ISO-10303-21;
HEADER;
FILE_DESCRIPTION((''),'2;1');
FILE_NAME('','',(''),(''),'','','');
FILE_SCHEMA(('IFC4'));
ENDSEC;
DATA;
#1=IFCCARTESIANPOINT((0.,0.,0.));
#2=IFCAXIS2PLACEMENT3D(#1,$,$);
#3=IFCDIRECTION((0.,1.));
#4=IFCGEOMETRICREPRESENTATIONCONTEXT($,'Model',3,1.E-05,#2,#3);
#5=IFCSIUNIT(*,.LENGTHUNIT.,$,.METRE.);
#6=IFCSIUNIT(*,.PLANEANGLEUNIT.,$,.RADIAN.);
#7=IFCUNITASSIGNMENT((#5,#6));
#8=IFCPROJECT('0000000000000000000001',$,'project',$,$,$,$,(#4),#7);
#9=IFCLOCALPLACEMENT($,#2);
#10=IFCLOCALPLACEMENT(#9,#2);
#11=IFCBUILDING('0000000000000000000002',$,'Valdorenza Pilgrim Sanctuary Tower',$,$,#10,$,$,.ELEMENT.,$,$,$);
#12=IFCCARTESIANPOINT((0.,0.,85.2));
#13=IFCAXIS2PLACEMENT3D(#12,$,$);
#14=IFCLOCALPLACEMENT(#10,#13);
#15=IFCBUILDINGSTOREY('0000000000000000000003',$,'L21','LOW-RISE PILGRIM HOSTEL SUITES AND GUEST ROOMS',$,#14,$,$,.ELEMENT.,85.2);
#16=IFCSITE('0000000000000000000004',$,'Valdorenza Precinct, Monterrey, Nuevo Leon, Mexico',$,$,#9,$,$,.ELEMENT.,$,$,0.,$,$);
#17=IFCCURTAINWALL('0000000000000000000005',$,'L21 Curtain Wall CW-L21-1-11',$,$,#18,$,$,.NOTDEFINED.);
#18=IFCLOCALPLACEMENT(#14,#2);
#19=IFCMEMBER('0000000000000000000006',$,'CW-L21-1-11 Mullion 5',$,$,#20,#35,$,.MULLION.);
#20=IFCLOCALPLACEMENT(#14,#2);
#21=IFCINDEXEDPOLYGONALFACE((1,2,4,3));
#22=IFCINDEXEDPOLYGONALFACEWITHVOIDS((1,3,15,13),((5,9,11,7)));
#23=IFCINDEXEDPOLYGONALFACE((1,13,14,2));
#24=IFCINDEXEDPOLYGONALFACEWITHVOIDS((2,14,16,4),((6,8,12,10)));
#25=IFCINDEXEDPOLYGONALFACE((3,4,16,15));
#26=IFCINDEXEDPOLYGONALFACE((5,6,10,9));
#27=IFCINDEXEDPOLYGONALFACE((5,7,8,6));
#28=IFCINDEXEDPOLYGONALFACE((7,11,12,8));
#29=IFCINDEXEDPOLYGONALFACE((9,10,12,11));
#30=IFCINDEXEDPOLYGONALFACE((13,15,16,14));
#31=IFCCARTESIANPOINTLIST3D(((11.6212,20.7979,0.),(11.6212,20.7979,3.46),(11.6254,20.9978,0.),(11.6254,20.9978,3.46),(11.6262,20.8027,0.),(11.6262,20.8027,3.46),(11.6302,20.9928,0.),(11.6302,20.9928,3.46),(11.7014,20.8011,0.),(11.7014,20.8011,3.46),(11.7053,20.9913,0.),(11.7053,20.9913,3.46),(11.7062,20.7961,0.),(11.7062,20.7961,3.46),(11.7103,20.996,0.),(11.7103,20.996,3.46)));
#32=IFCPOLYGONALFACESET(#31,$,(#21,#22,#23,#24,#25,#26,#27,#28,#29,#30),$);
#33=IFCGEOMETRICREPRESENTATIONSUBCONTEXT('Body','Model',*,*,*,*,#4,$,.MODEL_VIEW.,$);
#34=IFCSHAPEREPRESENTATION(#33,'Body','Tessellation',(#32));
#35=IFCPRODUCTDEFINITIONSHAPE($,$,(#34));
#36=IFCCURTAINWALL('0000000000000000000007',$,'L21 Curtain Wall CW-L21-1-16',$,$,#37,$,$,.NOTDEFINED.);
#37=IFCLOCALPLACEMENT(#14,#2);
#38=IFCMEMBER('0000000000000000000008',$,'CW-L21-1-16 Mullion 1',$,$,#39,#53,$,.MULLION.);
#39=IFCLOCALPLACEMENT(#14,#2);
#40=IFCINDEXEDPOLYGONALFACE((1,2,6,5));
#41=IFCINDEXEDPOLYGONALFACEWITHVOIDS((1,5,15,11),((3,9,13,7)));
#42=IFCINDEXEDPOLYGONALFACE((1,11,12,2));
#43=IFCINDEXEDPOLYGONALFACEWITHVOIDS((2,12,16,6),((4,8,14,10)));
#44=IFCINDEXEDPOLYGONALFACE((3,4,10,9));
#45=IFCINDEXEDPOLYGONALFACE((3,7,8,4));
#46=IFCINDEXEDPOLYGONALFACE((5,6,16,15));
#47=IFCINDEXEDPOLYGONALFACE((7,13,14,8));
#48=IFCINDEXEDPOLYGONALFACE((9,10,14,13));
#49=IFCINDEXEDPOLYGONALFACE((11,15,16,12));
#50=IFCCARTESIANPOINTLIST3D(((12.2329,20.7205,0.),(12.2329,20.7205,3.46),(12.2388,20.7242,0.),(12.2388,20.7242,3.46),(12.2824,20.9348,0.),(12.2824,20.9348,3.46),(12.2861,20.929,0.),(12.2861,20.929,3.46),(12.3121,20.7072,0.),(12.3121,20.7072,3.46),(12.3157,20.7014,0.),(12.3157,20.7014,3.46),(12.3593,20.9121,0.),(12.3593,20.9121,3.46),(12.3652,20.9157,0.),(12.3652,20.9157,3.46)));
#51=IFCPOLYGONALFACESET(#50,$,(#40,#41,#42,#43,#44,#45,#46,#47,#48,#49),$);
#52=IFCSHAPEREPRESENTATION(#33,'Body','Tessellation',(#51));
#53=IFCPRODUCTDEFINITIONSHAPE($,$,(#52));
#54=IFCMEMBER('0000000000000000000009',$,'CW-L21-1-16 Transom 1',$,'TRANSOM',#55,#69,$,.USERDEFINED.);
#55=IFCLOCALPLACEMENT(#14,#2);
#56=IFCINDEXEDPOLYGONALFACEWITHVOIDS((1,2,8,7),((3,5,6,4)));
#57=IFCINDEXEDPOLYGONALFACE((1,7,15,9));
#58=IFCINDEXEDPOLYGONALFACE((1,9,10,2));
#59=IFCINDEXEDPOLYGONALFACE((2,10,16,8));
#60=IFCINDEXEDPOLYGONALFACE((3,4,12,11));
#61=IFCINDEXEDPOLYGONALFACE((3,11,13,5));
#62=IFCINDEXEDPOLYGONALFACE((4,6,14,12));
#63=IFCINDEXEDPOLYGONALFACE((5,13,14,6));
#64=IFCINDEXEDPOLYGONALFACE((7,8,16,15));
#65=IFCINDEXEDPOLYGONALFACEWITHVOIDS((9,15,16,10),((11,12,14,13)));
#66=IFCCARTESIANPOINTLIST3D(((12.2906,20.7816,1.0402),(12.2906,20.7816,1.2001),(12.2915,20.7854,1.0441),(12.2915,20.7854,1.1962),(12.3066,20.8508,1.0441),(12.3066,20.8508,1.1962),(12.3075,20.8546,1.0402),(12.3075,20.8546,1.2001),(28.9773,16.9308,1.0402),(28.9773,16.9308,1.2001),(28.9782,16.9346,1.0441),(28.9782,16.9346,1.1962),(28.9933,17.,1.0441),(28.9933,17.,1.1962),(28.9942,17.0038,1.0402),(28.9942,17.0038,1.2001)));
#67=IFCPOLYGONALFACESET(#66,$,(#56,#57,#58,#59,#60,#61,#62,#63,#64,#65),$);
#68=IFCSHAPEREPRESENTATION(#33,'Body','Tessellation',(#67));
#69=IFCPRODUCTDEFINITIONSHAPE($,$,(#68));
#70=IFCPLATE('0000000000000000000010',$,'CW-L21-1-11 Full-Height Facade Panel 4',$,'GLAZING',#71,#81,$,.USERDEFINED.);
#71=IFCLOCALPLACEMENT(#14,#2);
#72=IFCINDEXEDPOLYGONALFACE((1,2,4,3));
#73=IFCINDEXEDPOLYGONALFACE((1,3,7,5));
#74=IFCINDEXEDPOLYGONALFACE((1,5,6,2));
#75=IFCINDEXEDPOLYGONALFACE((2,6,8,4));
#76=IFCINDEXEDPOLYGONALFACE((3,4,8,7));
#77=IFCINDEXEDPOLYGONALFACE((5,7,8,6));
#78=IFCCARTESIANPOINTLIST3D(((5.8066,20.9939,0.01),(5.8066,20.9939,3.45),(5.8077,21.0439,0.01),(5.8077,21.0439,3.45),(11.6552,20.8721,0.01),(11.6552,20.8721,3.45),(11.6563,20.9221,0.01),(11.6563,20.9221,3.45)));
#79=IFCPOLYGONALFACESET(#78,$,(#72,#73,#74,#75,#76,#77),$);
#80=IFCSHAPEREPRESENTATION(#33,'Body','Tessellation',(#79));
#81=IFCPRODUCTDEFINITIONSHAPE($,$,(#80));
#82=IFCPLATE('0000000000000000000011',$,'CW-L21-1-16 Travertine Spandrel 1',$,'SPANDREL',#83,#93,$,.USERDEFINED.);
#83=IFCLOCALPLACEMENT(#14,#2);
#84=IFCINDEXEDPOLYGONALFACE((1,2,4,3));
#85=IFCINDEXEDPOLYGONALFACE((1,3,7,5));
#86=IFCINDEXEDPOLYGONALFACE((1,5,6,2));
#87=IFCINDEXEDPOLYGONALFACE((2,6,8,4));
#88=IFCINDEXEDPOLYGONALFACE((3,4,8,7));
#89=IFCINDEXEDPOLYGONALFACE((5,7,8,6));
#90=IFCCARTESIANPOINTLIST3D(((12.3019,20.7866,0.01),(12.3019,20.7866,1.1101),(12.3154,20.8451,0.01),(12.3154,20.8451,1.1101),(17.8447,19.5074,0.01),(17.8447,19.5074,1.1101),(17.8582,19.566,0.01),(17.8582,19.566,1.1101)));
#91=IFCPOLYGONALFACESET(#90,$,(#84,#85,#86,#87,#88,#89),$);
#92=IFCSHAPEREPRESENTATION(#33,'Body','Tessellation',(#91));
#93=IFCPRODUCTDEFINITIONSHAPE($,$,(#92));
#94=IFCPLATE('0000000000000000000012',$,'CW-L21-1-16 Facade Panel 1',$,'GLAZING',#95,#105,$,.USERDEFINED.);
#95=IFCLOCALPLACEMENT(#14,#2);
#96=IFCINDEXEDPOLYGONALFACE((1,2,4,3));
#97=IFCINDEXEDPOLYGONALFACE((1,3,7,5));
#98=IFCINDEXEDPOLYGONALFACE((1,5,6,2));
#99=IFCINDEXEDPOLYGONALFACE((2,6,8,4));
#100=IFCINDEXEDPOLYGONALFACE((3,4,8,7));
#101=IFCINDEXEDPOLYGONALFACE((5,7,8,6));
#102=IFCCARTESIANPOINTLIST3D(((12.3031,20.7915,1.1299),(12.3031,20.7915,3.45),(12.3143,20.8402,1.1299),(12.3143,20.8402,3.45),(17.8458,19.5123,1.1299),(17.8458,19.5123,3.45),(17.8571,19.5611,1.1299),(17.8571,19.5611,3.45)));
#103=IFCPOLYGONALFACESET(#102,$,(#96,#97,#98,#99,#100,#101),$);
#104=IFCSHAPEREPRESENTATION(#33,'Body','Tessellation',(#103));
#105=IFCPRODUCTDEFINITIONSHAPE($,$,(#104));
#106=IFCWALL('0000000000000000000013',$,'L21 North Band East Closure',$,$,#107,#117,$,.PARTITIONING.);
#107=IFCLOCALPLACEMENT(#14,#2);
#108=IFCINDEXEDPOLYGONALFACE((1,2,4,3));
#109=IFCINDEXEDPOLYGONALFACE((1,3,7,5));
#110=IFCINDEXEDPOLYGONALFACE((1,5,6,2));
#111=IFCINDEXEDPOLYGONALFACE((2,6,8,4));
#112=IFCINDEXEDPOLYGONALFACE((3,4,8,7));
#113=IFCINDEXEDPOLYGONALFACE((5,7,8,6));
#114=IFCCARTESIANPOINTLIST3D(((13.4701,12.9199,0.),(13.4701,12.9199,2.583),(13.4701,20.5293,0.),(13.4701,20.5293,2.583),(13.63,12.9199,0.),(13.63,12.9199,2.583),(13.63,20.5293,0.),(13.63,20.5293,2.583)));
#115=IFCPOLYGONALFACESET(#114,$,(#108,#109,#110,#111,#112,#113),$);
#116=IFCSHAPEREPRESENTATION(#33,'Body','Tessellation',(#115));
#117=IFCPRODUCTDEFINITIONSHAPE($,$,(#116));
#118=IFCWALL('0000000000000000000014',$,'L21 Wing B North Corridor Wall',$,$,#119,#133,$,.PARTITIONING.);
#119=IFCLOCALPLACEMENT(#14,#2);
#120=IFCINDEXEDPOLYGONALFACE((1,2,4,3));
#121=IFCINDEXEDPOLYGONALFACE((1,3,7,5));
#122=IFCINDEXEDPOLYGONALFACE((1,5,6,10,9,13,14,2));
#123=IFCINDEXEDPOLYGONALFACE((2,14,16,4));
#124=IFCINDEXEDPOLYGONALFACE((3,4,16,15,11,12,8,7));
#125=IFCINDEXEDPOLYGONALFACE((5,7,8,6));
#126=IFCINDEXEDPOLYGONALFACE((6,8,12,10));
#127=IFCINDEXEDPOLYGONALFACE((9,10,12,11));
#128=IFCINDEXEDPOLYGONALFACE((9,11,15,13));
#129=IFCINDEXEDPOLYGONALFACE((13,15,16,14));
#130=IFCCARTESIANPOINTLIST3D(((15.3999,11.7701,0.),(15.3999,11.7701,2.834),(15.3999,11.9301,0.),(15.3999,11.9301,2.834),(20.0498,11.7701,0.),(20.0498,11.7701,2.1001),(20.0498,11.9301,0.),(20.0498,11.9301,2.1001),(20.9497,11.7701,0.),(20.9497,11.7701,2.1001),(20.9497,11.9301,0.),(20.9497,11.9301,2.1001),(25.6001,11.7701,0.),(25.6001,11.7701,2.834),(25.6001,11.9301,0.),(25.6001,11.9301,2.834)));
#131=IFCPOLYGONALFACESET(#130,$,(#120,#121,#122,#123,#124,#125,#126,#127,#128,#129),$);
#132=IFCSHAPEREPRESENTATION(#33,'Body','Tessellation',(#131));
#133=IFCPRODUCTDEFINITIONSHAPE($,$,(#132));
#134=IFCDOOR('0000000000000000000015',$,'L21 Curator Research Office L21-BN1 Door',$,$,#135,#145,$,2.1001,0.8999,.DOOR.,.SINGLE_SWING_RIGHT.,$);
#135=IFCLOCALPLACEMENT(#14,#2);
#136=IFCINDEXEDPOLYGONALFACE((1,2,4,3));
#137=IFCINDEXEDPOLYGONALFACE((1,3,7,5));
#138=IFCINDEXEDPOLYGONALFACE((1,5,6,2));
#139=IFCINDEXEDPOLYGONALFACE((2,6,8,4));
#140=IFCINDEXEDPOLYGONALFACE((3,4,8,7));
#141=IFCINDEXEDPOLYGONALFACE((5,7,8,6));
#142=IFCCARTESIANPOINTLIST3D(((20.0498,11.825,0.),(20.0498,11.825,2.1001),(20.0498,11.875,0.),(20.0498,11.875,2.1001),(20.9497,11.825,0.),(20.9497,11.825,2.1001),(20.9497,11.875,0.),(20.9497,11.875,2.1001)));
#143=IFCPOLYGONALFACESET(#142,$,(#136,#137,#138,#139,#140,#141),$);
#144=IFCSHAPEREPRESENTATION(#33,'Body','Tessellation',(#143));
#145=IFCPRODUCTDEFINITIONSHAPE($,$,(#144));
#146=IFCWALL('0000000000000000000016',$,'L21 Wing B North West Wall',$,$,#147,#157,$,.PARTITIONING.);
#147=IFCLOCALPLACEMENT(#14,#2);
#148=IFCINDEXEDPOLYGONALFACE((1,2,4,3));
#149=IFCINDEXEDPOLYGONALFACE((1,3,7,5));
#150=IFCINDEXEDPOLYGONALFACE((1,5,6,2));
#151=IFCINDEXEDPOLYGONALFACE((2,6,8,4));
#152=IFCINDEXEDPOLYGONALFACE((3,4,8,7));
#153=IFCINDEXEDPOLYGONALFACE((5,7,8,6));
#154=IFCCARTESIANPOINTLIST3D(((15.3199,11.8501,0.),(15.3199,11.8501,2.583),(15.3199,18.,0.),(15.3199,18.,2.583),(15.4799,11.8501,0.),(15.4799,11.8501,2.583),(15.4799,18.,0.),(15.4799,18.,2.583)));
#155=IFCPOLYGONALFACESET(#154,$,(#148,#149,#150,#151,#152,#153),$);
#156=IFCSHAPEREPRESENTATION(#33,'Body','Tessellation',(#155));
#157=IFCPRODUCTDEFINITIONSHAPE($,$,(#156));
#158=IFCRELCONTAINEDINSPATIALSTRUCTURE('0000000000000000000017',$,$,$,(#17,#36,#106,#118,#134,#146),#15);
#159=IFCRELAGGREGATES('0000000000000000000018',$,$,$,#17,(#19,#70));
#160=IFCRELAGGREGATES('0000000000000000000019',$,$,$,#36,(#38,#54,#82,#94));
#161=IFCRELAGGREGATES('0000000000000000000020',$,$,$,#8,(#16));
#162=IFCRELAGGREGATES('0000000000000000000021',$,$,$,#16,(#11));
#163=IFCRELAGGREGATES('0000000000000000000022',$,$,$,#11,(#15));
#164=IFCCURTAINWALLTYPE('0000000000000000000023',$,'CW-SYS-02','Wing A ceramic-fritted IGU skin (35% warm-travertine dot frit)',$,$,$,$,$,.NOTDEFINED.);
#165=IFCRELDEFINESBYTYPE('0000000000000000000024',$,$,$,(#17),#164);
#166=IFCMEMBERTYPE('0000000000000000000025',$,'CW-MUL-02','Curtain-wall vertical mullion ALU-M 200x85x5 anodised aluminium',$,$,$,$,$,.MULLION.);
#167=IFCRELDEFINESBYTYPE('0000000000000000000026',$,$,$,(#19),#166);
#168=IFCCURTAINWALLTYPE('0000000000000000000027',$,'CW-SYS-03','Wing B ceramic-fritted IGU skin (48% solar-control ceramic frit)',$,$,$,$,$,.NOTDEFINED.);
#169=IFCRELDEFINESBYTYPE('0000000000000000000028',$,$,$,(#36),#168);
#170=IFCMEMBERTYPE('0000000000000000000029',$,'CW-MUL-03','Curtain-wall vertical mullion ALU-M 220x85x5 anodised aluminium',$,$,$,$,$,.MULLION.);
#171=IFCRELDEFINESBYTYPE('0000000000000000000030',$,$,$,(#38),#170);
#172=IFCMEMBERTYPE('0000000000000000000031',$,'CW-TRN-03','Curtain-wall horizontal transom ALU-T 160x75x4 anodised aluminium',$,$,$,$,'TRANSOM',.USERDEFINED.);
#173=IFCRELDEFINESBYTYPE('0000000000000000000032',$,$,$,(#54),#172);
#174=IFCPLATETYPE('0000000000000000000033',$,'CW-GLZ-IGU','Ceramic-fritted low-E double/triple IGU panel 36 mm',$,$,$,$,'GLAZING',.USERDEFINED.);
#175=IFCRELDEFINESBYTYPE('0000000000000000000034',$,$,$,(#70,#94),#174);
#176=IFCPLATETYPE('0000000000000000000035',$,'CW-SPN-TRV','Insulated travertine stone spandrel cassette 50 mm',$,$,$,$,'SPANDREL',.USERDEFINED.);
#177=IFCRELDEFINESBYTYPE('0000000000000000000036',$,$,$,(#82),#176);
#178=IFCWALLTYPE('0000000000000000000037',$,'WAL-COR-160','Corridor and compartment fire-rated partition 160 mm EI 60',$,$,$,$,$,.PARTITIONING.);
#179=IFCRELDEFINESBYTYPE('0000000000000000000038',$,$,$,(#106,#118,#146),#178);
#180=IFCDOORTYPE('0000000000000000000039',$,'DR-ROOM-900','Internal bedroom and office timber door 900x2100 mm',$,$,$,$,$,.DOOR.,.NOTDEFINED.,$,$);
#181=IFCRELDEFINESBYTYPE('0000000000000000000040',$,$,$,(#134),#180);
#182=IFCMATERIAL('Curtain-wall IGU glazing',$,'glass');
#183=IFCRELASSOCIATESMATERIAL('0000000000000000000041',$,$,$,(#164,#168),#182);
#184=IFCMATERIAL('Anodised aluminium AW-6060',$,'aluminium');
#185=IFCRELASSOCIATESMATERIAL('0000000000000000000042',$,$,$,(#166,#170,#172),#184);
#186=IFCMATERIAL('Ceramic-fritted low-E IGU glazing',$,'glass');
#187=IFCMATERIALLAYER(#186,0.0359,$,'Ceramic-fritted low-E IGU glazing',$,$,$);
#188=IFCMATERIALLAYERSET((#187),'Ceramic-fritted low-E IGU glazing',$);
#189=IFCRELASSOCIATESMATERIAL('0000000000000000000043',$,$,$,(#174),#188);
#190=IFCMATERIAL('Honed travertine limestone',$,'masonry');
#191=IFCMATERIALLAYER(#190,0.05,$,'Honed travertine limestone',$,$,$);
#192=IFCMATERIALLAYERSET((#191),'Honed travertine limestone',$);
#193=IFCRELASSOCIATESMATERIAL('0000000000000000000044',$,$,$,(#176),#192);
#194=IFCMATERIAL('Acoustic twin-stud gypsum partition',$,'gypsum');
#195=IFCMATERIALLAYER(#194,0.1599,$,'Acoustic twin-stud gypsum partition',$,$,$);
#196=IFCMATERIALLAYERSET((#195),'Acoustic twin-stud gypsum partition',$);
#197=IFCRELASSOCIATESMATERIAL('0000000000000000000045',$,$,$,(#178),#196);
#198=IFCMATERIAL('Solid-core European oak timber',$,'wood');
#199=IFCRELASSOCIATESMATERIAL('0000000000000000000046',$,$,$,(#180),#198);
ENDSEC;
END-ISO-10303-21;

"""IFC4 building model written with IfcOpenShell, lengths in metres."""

from ifc_helpers import new_model, si_unit, direction, frame, frame_2d, origin, origin_2d, place, context, subcontext, project, spatial, rectangle, hollow_rectangle, extrude, source, transform, mapped, material, layer, layer_set, material_profile, profile_set, type_object, element, fill, aggregate, save


model = new_model("IFC4")

# Units and contexts
model_context = context("Model", 3, precision=1e-05, world=origin(), true_north=direction((0.0, 1.0)))
body_context = subcontext(model_context, "Body", "Model", "MODEL_VIEW")
ifc_project = project(units=[si_unit("LENGTHUNIT", "METRE"), si_unit("PLANEANGLEUNIT", "RADIAN")], contexts=[model_context])

# Site, building, storey
site_placement = place(None, origin())
site = spatial("IfcSite", under=ifc_project, at=site_placement, Name="Valdorenza Precinct, Monterrey, Nuevo Leon, Mexico", CompositionType="ELEMENT", RefElevation=0.0)
building_placement = place(site_placement, origin())
building = spatial("IfcBuilding", under=site, at=building_placement, Name="Valdorenza Pilgrim Sanctuary Tower", CompositionType="ELEMENT")
storey_placement = place(building_placement, frame((0.0, 0.0, 85.2)))
storey = spatial("IfcBuildingStorey", under=building, at=storey_placement, Name="L21", Description="LOW-RISE PILGRIM HOSTEL SUITES AND GUEST ROOMS", CompositionType="ELEMENT", Elevation=85.2)

# Curtain wall, member
ifc_material_1 = material(Name="Curtain-wall IGU glazing", Category="glass")
curtain_wall_type_1 = type_object("IfcCurtainWallType", Name="CW-SYS-02", Description="Wing A ceramic-fritted IGU skin (35% warm-travertine dot frit)", PredefinedType="NOTDEFINED", material=ifc_material_1)
curtain_wall_1_placement = place(storey_placement, origin())
curtain_wall_1 = element("IfcCurtainWall", 1, at=curtain_wall_1_placement, inside=storey, type_object=curtain_wall_type_1, Name="L21 Curtain Wall CW-L21-1-11", PredefinedType="NOTDEFINED")
ifc_material_2 = material(Name="Anodised aluminium AW-6060", Category="aluminium")
ifc_material_profile_1 = material_profile(ifc_material_2, hollow_rectangle(XDim=0.085, YDim=0.2, WallThickness=0.0049, at=origin_2d()), Name="ALU-M 200x85x5")
ifc_profile_set_1 = profile_set([ifc_material_profile_1], Name="Anodised aluminium AW-6060")
member_type_1 = type_object("IfcMemberType", Name="CW-MUL-02", Description="Curtain-wall vertical mullion ALU-M 200x85x5 anodised aluminium", PredefinedType="MULLION", material=ifc_profile_set_1)
shared_shape_1 = source(origin(), body_context, "Body", "SweptSolid", [
    extrude(hollow_rectangle(XDim=0.085, YDim=0.2, WallThickness=0.0049, at=origin_2d()), origin(), (0.0, 0.0, 1.0), 3.46),
])
member_1_placement = place(storey_placement, frame((11.6658, 20.897, 0.0), z_axis=(0.0, 0.0, 1.0), x_axis=(0.999783, -0.02082, 0.0)))
member_1 = element("IfcMember", 2, at=member_1_placement, type_object=member_type_1, Name="CW-L21-1-11 Mullion 5", PredefinedType="MULLION", context=body_context, shape_type="MappedRepresentation", body=[
    mapped(shared_shape_1, transform((0.0, 0.0, 0.0), x_axis=(1.0, 0.0, 0.0), y_axis=(0.0, 1.0, 0.0), z_axis=(0.0, 0.0, 1.0), scale=1.0)),
])

# Curtain wall, members
curtain_wall_type_2 = type_object("IfcCurtainWallType", Name="CW-SYS-03", Description="Wing B ceramic-fritted IGU skin (48% solar-control ceramic frit)", PredefinedType="NOTDEFINED", material=ifc_material_1)
curtain_wall_2_placement = place(storey_placement, origin())
curtain_wall_2 = element("IfcCurtainWall", 3, at=curtain_wall_2_placement, inside=storey, type_object=curtain_wall_type_2, Name="L21 Curtain Wall CW-L21-1-16", PredefinedType="NOTDEFINED")
ifc_material_profile_2 = material_profile(ifc_material_2, hollow_rectangle(XDim=0.085, YDim=0.22, WallThickness=0.0049, at=origin_2d()), Name="ALU-M 220x85x5")
ifc_profile_set_2 = profile_set([ifc_material_profile_2], Name="Anodised aluminium AW-6060")
member_type_2 = type_object("IfcMemberType", Name="CW-MUL-03", Description="Curtain-wall vertical mullion ALU-M 220x85x5 anodised aluminium", PredefinedType="MULLION", material=ifc_profile_set_2)
shared_shape_2 = source(origin(), body_context, "Body", "SweptSolid", [
    extrude(hollow_rectangle(XDim=0.085, YDim=0.22, WallThickness=0.0049, at=origin_2d()), origin(), (0.0, 0.0, 1.0), 3.46),
])
member_2_placement = place(storey_placement, frame((12.2991, 20.8181, 0.0), z_axis=(0.0, 0.0, 1.0), x_axis=(0.97439, -0.224866, 0.0)))
member_2 = element("IfcMember", 4, at=member_2_placement, type_object=member_type_2, Name="CW-L21-1-16 Mullion 1", PredefinedType="MULLION", context=body_context, shape_type="MappedRepresentation", body=[
    mapped(shared_shape_2, transform((0.0, 0.0, 0.0), x_axis=(1.0, 0.0, 0.0), y_axis=(0.0, 1.0, 0.0), z_axis=(0.0, 0.0, 1.0), scale=1.0)),
])
ifc_material_profile_3 = material_profile(ifc_material_2, hollow_rectangle(XDim=0.075, YDim=0.1599, WallThickness=0.0039, at=origin_2d()), Name="ALU-T 160x75x4")
ifc_profile_set_3 = profile_set([ifc_material_profile_3], Name="Anodised aluminium AW-6060")
member_type_3 = type_object("IfcMemberType", Name="CW-TRN-03", Description="Curtain-wall horizontal transom ALU-T 160x75x4 anodised aluminium", ElementType="TRANSOM", PredefinedType="USERDEFINED", material=ifc_profile_set_3)
shared_shape_3 = source(origin(), body_context, "Body", "SweptSolid", [
    extrude(hollow_rectangle(XDim=0.075, YDim=0.1599, WallThickness=0.0039, at=origin_2d()), origin(), (0.0, 0.0, 1.0), 17.1252),
])
member_3_placement = place(storey_placement, frame((12.2991, 20.8181, 1.1201), z_axis=(0.974391, -0.224862, 0.0), x_axis=(0.224862, 0.974391, 0.0)))
member_3 = element("IfcMember", 5, at=member_3_placement, type_object=member_type_3, Name="CW-L21-1-16 Transom 1", ObjectType="TRANSOM", PredefinedType="USERDEFINED", context=body_context, shape_type="MappedRepresentation", body=[
    mapped(shared_shape_3, transform((0.0, 0.0, 0.0), x_axis=(1.0, 0.0, 0.0), y_axis=(0.0, 1.0, 0.0), z_axis=(0.0, 0.0, 1.0), scale=1.0)),
])

# Plates
ifc_material_3 = material(Name="Ceramic-fritted low-E IGU glazing", Category="glass")
ifc_layer_1 = layer(ifc_material_3, 0.0359, Name="Ceramic-fritted low-E IGU glazing")
ifc_layer_set_1 = layer_set([ifc_layer_1], Name="Ceramic-fritted low-E IGU glazing")
plate_type_1 = type_object("IfcPlateType", Name="CW-GLZ-IGU", Description="Ceramic-fritted low-E double/triple IGU panel 36 mm", ElementType="GLAZING", PredefinedType="USERDEFINED", material=ifc_layer_set_1)
shared_shape_4 = source(origin(), body_context, "Body", "SweptSolid", [
    extrude(rectangle(XDim=5.8499, YDim=0.05, at=origin_2d()), origin(), (0.0, 0.0, 1.0), 3.4399),
])
plate_1_placement = place(storey_placement, frame((8.7314, 20.958, 0.01), z_axis=(0.0, 0.0, 1.0), x_axis=(0.999783, -0.02082, 0.0)))
plate_1 = element("IfcPlate", 6, at=plate_1_placement, type_object=plate_type_1, Name="CW-L21-1-11 Full-Height Facade Panel 4", ObjectType="GLAZING", PredefinedType="USERDEFINED", context=body_context, shape_type="MappedRepresentation", body=[
    mapped(shared_shape_4, transform((0.0, 0.0, 0.0), x_axis=(1.0, 0.0, 0.0), y_axis=(0.0, 1.0, 0.0), z_axis=(0.0, 0.0, 1.0), scale=1.0)),
])
aggregate(curtain_wall_1, [member_1, plate_1])
ifc_material_4 = material(Name="Honed travertine limestone", Category="masonry")
ifc_layer_2 = layer(ifc_material_4, 0.05, Name="Honed travertine limestone")
ifc_layer_set_2 = layer_set([ifc_layer_2], Name="Honed travertine limestone")
plate_type_2 = type_object("IfcPlateType", Name="CW-SPN-TRV", Description="Insulated travertine stone spandrel cassette 50 mm", ElementType="SPANDREL", PredefinedType="USERDEFINED", material=ifc_layer_set_2)
shared_shape_5 = source(origin(), body_context, "Body", "SweptSolid", [
    extrude(rectangle(XDim=5.6885, YDim=0.0601, at=origin_2d()), origin(), (0.0, 0.0, 1.0), 1.1001),
])
plate_2_placement = place(storey_placement, frame((15.0801, 20.1763, 0.01), z_axis=(0.0, 0.0, 1.0), x_axis=(0.97439, -0.224866, 0.0)))
plate_2 = element("IfcPlate", 7, at=plate_2_placement, type_object=plate_type_2, Name="CW-L21-1-16 Travertine Spandrel 1", ObjectType="SPANDREL", PredefinedType="USERDEFINED", context=body_context, shape_type="MappedRepresentation", body=[
    mapped(shared_shape_5, transform((0.0, 0.0, 0.0), x_axis=(1.0, 0.0, 0.0), y_axis=(0.0, 1.0, 0.0), z_axis=(0.0, 0.0, 1.0), scale=1.0)),
])
shared_shape_6 = source(origin(), body_context, "Body", "SweptSolid", [
    extrude(rectangle(XDim=5.6885, YDim=0.05, at=origin_2d()), origin(), (0.0, 0.0, 1.0), 2.3201),
])
plate_3_placement = place(storey_placement, frame((15.0801, 20.1763, 1.1299), z_axis=(0.0, 0.0, 1.0), x_axis=(0.97439, -0.224866, 0.0)))
plate_3 = element("IfcPlate", 8, at=plate_3_placement, type_object=plate_type_1, Name="CW-L21-1-16 Facade Panel 1", ObjectType="GLAZING", PredefinedType="USERDEFINED", context=body_context, shape_type="MappedRepresentation", body=[
    mapped(shared_shape_6, transform((0.0, 0.0, 0.0), x_axis=(1.0, 0.0, 0.0), y_axis=(0.0, 1.0, 0.0), z_axis=(0.0, 0.0, 1.0), scale=1.0)),
])
aggregate(curtain_wall_2, [member_2, member_3, plate_2, plate_3])

# Wall
ifc_material_5 = material(Name="Acoustic twin-stud gypsum partition", Category="gypsum")
ifc_layer_3 = layer(ifc_material_5, 0.1599, Name="Acoustic twin-stud gypsum partition")
ifc_layer_set_3 = layer_set([ifc_layer_3], Name="Acoustic twin-stud gypsum partition")
wall_type_1 = type_object("IfcWallType", Name="WAL-COR-160", Description="Corridor and compartment fire-rated partition 160 mm EI 60", PredefinedType="PARTITIONING", material=ifc_layer_set_3)
wall_1_placement = place(storey_placement, frame((13.55, 12.9199, 0.0), z_axis=(0.0, 0.0, 1.0), x_axis=(0.0, 1.0, 0.0)))
element("IfcWall", 9, at=wall_1_placement, inside=storey, type_object=wall_type_1, Name="L21 North Band East Closure", PredefinedType="PARTITIONING", context=body_context, shape_type="SweptSolid", body=[
    extrude(rectangle(XDim=7.6094, YDim=0.1599, at=frame_2d((3.8047, 0.0))), origin(), (0.0, 0.0, 1.0), 2.583),
])

# Wall, opening, door
wall_2_placement = place(storey_placement, frame((15.3999, 11.8501, 0.0), z_axis=(0.0, 0.0, 1.0), x_axis=(1.0, 0.0, 0.0)))
wall_2 = element("IfcWall", 10, at=wall_2_placement, inside=storey, type_object=wall_type_1, Name="L21 Wing B North Corridor Wall", PredefinedType="PARTITIONING", context=body_context, shape_type="SweptSolid", body=[
    extrude(rectangle(XDim=10.2002, YDim=0.1599, at=frame_2d((5.1001, 0.0))), origin(), (0.0, 0.0, 1.0), 2.834),
])
opening_1_placement = place(wall_2_placement, frame((4.6499, 0.0, 0.0)))
opening_1 = element("IfcOpeningElement", 11, at=opening_1_placement, cuts=wall_2, PredefinedType="OPENING", context=body_context, shape_type="SweptSolid", body=[
    extrude(rectangle(XDim=0.8999, YDim=2.1001, at=frame_2d((0.45, 1.05))), frame((0.0, 0.0947, 0.0), z_axis=(0.0, -1.0, 0.0), x_axis=(1.0, 0.0, 0.0)), (0.0, 0.0, 1.0), 0.1897),
])
ifc_material_6 = material(Name="Solid-core European oak timber", Category="wood")
door_type_1 = type_object("IfcDoorType", Name="DR-ROOM-900", Description="Internal bedroom and office timber door 900x2100 mm", OperationType="NOTDEFINED", PredefinedType="DOOR", material=ifc_material_6)
door_1_placement = place(opening_1_placement, origin())
door_1 = element("IfcDoor", 12, at=door_1_placement, inside=storey, type_object=door_type_1, Name="L21 Curator Research Office L21-BN1 Door", OperationType="SINGLE_SWING_RIGHT", OverallHeight=2.1001, OverallWidth=0.8999, PredefinedType="DOOR", context=body_context, shape_type="SweptSolid", body=[
    extrude(rectangle(XDim=0.8999, YDim=2.1001, at=frame_2d((0.45, 1.05))), frame((0.0, 0.0249, 0.0), z_axis=(0.0, -1.0, 0.0), x_axis=(1.0, 0.0, 0.0)), (0.0, 0.0, 1.0), 0.05),
])
fill(opening_1, door_1)

# Wall
wall_3_placement = place(storey_placement, frame((15.3999, 11.8501, 0.0), z_axis=(0.0, 0.0, 1.0), x_axis=(0.0, 1.0, 0.0)))
element("IfcWall", 13, at=wall_3_placement, inside=storey, type_object=wall_type_1, Name="L21 Wing B North West Wall", PredefinedType="PARTITIONING", context=body_context, shape_type="SweptSolid", body=[
    extrude(rectangle(XDim=6.1499, YDim=0.1599, at=frame_2d((3.075, 0.0))), origin(), (0.0, 0.0, 1.0), 2.583),
])

save(model, "model.ifc")
